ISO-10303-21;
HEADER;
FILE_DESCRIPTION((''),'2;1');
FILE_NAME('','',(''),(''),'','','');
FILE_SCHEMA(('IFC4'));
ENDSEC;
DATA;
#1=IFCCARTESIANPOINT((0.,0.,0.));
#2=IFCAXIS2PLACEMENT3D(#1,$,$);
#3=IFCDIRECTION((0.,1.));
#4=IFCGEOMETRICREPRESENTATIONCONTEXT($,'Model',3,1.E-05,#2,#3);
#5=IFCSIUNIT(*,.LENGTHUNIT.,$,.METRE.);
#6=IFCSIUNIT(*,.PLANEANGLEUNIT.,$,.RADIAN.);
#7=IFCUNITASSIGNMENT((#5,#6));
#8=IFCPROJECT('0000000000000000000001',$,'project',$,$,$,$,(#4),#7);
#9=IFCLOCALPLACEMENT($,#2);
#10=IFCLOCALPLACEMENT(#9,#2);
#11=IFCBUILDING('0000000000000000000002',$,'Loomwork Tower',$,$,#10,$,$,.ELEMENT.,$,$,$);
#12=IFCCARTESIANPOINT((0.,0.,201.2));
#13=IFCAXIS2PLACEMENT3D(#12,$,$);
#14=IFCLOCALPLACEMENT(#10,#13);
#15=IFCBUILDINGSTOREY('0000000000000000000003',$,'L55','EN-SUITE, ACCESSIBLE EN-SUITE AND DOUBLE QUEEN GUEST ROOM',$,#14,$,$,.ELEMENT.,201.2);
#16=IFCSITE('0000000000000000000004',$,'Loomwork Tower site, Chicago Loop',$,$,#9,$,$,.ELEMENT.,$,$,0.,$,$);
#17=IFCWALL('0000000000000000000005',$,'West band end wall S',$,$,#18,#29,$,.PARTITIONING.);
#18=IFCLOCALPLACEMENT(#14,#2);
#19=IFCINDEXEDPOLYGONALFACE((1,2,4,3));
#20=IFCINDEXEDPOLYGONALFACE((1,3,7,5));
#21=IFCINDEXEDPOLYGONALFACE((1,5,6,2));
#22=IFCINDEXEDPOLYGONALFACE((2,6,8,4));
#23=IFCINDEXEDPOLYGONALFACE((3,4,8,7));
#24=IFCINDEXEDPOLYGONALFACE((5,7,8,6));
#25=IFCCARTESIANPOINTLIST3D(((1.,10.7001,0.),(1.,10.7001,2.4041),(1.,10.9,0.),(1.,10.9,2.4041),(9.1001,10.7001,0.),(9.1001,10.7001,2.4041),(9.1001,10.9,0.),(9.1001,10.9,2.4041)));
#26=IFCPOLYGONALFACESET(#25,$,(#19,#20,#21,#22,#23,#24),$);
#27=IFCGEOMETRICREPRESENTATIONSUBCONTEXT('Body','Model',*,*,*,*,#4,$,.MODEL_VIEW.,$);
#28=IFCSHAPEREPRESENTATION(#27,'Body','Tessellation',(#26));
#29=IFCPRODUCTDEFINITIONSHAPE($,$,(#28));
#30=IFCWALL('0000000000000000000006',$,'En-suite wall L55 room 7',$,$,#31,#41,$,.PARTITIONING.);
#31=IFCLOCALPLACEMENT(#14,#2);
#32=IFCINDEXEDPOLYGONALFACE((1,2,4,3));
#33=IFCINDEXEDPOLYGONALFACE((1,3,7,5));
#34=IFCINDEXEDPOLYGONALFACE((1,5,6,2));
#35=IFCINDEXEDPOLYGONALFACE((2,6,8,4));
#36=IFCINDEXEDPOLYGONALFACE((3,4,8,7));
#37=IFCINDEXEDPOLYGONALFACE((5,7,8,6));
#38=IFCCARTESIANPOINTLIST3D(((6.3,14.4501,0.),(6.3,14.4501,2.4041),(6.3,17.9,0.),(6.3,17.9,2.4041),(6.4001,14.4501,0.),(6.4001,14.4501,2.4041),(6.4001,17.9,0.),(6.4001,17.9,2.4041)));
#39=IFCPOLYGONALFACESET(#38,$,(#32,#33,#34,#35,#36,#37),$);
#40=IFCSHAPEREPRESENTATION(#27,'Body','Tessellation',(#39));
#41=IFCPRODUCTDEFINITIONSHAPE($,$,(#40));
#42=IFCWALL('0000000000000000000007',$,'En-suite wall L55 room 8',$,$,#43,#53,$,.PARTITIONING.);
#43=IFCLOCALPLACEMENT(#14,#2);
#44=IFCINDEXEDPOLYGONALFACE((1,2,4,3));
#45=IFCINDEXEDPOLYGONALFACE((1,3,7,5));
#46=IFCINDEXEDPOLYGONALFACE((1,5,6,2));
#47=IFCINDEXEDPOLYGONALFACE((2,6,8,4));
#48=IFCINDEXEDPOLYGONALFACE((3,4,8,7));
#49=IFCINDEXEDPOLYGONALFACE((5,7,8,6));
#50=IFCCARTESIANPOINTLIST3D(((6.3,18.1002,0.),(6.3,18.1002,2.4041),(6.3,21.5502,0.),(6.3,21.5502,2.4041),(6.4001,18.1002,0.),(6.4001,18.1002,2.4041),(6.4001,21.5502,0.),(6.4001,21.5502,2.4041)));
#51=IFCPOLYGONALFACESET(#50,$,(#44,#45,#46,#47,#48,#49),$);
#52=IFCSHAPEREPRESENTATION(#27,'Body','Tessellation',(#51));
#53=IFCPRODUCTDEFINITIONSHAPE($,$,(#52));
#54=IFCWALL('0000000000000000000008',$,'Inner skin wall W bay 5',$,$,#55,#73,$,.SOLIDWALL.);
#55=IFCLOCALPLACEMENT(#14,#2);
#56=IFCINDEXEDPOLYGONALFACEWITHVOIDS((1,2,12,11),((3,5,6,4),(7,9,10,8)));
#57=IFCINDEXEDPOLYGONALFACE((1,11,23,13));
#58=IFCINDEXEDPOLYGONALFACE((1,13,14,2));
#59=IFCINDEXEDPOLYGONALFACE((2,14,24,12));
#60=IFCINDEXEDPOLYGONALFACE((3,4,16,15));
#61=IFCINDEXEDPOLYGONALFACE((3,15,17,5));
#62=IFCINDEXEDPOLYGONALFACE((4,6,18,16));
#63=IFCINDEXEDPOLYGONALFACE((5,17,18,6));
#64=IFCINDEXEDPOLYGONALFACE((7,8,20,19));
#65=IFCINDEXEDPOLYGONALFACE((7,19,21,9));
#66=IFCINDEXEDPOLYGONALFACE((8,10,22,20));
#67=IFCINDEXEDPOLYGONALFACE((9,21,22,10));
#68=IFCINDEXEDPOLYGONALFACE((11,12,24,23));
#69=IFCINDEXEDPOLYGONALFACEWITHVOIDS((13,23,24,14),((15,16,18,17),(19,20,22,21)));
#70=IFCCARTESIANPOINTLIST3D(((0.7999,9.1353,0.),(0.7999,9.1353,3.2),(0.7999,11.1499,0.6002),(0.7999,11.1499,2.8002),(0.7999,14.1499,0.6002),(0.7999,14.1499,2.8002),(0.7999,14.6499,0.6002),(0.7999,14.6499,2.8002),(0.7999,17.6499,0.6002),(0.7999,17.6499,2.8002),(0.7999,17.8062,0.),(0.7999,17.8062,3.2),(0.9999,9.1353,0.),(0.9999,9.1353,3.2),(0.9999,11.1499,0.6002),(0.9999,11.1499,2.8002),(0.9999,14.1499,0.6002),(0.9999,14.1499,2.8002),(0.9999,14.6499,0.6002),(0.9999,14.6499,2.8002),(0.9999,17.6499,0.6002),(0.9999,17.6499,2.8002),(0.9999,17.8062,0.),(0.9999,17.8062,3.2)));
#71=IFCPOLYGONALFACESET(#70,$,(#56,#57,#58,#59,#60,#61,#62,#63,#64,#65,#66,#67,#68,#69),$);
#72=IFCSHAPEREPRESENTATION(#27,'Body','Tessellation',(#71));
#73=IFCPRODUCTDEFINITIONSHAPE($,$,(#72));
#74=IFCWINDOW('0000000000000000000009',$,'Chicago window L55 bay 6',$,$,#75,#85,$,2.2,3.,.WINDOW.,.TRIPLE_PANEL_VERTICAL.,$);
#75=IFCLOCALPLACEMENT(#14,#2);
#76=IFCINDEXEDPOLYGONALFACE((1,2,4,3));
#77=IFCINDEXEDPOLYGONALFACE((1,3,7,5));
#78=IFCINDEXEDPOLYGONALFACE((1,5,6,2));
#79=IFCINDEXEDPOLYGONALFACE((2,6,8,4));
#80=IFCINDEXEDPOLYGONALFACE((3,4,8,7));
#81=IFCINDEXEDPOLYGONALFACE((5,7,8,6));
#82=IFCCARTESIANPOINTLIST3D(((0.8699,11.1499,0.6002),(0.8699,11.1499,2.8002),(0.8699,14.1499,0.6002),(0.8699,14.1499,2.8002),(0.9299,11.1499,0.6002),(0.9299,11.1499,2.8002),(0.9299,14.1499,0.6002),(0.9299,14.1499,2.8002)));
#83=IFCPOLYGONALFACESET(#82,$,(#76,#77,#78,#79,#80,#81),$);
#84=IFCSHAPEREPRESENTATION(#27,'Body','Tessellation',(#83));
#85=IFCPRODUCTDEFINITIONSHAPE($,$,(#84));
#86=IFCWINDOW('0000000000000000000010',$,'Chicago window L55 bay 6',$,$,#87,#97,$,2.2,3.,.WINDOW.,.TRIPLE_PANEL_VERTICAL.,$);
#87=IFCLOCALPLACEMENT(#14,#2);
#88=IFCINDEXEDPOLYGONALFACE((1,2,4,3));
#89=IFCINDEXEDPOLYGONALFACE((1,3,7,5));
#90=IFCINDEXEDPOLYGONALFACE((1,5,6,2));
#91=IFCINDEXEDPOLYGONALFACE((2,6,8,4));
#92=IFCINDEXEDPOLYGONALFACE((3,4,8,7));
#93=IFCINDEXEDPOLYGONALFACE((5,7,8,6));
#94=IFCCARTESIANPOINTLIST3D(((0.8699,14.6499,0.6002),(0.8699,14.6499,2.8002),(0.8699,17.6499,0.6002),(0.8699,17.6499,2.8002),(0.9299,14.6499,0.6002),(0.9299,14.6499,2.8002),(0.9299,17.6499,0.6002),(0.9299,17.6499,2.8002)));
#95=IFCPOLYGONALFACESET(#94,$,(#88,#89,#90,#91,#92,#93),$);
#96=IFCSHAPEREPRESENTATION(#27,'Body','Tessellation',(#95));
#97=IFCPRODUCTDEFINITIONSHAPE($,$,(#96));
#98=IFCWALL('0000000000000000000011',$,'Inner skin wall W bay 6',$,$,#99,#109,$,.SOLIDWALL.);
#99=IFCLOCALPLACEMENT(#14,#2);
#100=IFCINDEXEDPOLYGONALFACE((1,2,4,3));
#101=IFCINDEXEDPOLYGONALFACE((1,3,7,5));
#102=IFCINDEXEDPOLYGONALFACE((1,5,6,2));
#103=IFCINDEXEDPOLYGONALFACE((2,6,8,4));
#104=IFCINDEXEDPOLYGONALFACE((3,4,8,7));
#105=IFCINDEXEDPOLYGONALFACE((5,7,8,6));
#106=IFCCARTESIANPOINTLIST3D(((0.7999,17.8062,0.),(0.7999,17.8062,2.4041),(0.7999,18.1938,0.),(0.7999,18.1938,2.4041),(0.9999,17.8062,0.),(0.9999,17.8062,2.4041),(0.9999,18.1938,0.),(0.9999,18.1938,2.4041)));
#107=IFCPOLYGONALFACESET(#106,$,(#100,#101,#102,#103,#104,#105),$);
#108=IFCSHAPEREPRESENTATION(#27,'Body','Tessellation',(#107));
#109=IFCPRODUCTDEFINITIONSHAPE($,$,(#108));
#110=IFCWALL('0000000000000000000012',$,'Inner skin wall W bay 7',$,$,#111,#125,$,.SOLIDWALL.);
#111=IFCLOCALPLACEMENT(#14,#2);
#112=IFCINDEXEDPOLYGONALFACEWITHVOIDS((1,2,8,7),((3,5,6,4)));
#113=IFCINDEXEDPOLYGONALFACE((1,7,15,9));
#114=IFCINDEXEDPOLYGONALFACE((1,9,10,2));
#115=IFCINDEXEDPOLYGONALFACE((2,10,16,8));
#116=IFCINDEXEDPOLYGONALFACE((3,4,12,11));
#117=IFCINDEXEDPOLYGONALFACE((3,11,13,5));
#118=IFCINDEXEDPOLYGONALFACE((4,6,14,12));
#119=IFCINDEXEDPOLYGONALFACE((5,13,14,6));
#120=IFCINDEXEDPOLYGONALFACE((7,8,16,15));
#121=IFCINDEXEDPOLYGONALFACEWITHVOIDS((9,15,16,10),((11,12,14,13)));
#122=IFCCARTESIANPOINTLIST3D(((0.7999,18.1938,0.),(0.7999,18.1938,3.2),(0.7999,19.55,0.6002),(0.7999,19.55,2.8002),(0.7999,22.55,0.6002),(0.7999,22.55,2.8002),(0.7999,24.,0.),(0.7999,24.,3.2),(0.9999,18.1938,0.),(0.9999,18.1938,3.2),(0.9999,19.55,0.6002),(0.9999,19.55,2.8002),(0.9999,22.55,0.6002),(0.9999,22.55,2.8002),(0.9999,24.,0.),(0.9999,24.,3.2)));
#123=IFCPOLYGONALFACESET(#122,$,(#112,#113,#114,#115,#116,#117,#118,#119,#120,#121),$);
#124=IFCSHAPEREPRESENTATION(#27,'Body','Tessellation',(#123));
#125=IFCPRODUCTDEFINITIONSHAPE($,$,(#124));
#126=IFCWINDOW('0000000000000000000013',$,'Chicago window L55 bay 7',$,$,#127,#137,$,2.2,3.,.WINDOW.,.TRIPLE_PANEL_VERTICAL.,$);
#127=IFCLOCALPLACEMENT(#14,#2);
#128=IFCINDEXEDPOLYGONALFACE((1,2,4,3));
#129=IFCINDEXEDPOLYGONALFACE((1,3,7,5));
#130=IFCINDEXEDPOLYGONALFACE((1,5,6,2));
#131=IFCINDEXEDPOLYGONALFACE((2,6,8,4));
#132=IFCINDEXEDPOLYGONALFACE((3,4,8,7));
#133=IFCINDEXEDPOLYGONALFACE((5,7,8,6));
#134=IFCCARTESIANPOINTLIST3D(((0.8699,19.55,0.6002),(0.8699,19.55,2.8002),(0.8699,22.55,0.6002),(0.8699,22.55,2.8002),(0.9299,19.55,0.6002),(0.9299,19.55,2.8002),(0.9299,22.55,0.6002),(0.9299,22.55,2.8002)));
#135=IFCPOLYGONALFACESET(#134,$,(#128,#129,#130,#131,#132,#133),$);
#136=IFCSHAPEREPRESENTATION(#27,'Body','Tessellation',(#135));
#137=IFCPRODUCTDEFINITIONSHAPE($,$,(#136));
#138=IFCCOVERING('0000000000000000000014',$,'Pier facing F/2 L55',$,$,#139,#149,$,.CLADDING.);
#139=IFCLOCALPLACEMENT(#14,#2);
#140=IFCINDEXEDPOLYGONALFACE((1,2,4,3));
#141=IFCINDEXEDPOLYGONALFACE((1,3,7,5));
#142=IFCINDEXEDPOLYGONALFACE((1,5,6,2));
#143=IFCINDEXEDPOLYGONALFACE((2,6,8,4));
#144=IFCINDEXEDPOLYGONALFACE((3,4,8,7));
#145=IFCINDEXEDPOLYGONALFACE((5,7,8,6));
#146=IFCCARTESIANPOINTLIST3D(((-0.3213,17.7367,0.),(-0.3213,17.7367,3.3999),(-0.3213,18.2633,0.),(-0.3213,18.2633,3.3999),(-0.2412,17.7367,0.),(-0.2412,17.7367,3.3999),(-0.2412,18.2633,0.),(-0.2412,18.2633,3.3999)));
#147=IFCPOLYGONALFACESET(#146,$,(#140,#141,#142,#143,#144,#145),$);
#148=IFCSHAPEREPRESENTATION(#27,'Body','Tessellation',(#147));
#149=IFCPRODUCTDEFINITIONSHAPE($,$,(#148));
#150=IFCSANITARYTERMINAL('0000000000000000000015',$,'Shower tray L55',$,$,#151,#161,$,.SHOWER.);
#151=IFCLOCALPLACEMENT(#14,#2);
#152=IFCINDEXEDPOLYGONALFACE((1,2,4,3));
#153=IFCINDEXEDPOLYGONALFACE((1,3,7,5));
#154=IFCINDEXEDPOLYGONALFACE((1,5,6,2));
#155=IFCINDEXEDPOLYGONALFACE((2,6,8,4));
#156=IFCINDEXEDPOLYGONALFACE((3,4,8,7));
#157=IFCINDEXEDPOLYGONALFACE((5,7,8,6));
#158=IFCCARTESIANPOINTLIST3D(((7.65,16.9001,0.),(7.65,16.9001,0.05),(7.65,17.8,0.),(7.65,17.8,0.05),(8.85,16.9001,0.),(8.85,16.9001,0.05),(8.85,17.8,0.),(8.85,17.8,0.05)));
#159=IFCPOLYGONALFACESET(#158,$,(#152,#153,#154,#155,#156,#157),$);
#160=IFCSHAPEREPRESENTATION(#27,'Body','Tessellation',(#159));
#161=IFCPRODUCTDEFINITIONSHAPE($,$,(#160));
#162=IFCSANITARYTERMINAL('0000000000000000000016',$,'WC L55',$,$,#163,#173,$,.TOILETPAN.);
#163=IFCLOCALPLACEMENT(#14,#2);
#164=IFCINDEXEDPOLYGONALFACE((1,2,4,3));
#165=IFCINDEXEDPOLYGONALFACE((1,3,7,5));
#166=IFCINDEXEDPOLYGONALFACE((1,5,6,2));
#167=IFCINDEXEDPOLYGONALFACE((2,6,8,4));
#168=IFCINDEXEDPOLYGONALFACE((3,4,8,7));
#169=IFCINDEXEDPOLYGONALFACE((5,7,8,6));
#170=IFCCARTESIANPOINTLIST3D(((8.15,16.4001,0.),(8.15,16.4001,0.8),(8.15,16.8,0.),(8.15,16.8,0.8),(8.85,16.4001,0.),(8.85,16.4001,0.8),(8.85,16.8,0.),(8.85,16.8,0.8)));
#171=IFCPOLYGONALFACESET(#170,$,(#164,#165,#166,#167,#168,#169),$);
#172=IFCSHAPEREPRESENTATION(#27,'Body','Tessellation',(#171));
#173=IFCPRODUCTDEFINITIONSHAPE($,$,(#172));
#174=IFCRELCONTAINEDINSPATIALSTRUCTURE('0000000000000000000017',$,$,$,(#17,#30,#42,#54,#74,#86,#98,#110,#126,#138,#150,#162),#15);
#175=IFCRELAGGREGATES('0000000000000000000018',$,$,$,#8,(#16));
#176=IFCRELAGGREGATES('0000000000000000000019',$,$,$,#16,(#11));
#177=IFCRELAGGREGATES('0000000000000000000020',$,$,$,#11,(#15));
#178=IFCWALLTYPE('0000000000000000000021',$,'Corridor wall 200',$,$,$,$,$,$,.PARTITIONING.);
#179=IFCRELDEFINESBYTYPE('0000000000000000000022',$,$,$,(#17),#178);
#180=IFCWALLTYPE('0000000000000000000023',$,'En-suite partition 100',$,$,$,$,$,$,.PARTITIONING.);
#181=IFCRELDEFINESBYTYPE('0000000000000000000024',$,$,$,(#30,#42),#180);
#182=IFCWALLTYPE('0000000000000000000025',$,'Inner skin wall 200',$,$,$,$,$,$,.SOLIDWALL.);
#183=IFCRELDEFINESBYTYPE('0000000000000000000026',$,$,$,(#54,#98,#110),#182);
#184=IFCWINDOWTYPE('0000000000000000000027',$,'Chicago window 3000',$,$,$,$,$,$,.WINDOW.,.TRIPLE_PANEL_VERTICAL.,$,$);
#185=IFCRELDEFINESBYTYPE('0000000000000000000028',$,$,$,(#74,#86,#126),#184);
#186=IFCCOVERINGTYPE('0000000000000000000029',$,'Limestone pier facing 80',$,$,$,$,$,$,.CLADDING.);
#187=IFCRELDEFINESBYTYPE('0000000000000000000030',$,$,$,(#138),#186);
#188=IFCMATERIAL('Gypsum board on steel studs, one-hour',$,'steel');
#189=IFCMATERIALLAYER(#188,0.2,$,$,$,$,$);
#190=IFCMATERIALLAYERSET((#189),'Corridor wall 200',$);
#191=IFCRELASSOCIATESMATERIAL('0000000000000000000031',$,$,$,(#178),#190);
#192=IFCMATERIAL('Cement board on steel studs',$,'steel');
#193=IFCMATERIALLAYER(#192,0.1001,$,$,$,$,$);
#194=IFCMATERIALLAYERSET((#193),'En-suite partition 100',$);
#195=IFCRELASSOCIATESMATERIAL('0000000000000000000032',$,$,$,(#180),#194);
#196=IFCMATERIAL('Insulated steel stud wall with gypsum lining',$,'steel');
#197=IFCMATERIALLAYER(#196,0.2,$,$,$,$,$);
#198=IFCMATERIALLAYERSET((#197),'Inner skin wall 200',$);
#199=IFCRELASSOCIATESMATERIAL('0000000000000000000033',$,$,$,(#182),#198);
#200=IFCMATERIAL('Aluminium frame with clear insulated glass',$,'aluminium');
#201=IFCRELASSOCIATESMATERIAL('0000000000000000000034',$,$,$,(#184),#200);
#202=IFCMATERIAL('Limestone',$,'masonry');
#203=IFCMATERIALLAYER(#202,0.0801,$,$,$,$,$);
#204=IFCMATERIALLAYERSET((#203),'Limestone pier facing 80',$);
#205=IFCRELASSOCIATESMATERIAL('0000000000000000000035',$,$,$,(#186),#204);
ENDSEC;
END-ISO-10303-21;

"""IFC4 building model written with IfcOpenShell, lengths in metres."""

from ifc_helpers import new_model, si_unit, direction, frame, frame_2d, origin, origin_2d, place, context, subcontext, project, spatial, rectangle, extrude, material, layer, layer_set, type_object, element, fill, save


model = new_model("IFC4")

# Units and contexts
model_context = context("Model", 3, precision=1e-05, world=origin(), true_north=direction((0.0, 1.0)))
body_context = subcontext(model_context, "Body", "Model", "MODEL_VIEW")
ifc_project = project(units=[si_unit("LENGTHUNIT", "METRE"), si_unit("PLANEANGLEUNIT", "RADIAN")], contexts=[model_context])

# Site, building, storey
site_placement = place(None, origin())
site = spatial("IfcSite", under=ifc_project, at=site_placement, Name="Loomwork Tower site, Chicago Loop", CompositionType="ELEMENT", RefElevation=0.0)
building_placement = place(site_placement, origin())
building = spatial("IfcBuilding", under=site, at=building_placement, Name="Loomwork Tower", CompositionType="ELEMENT")
storey_placement = place(building_placement, frame((0.0, 0.0, 201.2)))
storey = spatial("IfcBuildingStorey", under=building, at=storey_placement, Name="L55", Description="EN-SUITE, ACCESSIBLE EN-SUITE AND DOUBLE QUEEN GUEST ROOM", CompositionType="ELEMENT", Elevation=201.2)

# Walls
ifc_material_1 = material(Name="Gypsum board on steel studs, one-hour", Category="steel")
ifc_layer_1 = layer(ifc_material_1, 0.2)
ifc_layer_set_1 = layer_set([ifc_layer_1], Name="Corridor wall 200")
wall_type_1 = type_object("IfcWallType", Name="Corridor wall 200", PredefinedType="PARTITIONING", material=ifc_layer_set_1)
wall_1_placement = place(storey_placement, frame((1.0, 10.8, 0.0), z_axis=(0.0, 0.0, 1.0), x_axis=(1.0, 0.0, 0.0)))
element("IfcWall", 1, at=wall_1_placement, inside=storey, type_object=wall_type_1, Name="West band end wall S", PredefinedType="PARTITIONING", context=body_context, shape_type="SweptSolid", body=[
    extrude(rectangle(XDim=8.1001, YDim=0.2, at=frame_2d((4.05, 0.0))), origin(), (0.0, 0.0, 1.0), 2.4041),
])
ifc_material_2 = material(Name="Cement board on steel studs", Category="steel")
ifc_layer_2 = layer(ifc_material_2, 0.1001)
ifc_layer_set_2 = layer_set([ifc_layer_2], Name="En-suite partition 100")
wall_type_2 = type_object("IfcWallType", Name="En-suite partition 100", PredefinedType="PARTITIONING", material=ifc_layer_set_2)
for number, where, z_axis, x_axis, name in (
    (2, (6.3501, 14.45, 0.0), (0.0, 0.0, 1.0), (0.0, 1.0, 0.0), "En-suite wall L55 room 7"),
    (3, (6.3501, 18.1001, 0.0), (0.0, 0.0, 1.0), (0.0, 1.0, 0.0), "En-suite wall L55 room 8"),
):
    element("IfcWall", number, at=place(storey_placement, frame(where, z_axis=z_axis, x_axis=x_axis)), inside=storey, type_object=wall_type_2, Name=name, PredefinedType="PARTITIONING", context=body_context, shape_type="SweptSolid", body=[
        extrude(rectangle(XDim=3.45, YDim=0.1001, at=frame_2d((1.7251, 0.0))), origin(), (0.0, 0.0, 1.0), 2.4041),
    ])

# Wall, openings, windows
ifc_material_3 = material(Name="Insulated steel stud wall with gypsum lining", Category="steel")
ifc_layer_3 = layer(ifc_material_3, 0.2)
ifc_layer_set_3 = layer_set([ifc_layer_3], Name="Inner skin wall 200")
wall_type_3 = type_object("IfcWallType", Name="Inner skin wall 200", PredefinedType="SOLIDWALL", material=ifc_layer_set_3)
wall_2_placement = place(storey_placement, frame((0.8999, 9.1353, 0.0), z_axis=(0.0, 0.0, 1.0), x_axis=(0.0, 1.0, 0.0)))
wall_2 = element("IfcWall", 4, at=wall_2_placement, inside=storey, type_object=wall_type_3, Name="Inner skin wall W bay 5", PredefinedType="SOLIDWALL", context=body_context, shape_type="SweptSolid", body=[
    extrude(rectangle(XDim=8.6709, YDim=0.2, at=frame_2d((4.3354, 0.0))), origin(), (0.0, 0.0, 1.0), 3.2),
])
opening_1_placement = place(wall_2_placement, frame((2.0146, 0.0, 0.6001)))
opening_1 = element("IfcOpeningElement", 5, at=opening_1_placement, cuts=wall_2, PredefinedType="OPENING", context=body_context, shape_type="SweptSolid", body=[
    extrude(rectangle(XDim=3.0, YDim=2.2, at=frame_2d((1.5, 1.1001))), frame((0.0, 0.1099, 0.0), z_axis=(0.0, -1.0, 0.0), x_axis=(1.0, 0.0, 0.0)), (0.0, 0.0, 1.0), 0.22),
])
opening_2_placement = place(wall_2_placement, frame((5.5146, 0.0, 0.6001)))
opening_2 = element("IfcOpeningElement", 6, at=opening_2_placement, cuts=wall_2, PredefinedType="OPENING", context=body_context, shape_type="SweptSolid", body=[
    extrude(rectangle(XDim=3.0, YDim=2.2, at=frame_2d((1.5, 1.1001))), frame((0.0, 0.1099, 0.0), z_axis=(0.0, -1.0, 0.0), x_axis=(1.0, 0.0, 0.0)), (0.0, 0.0, 1.0), 0.22),
])
ifc_material_4 = material(Name="Aluminium frame with clear insulated glass", Category="aluminium")
window_type = type_object("IfcWindowType", Name="Chicago window 3000", PartitioningType="TRIPLE_PANEL_VERTICAL", PredefinedType="WINDOW", material=ifc_material_4)
window_1_placement = place(opening_1_placement, origin())
window_1 = element("IfcWindow", 7, at=window_1_placement, inside=storey, type_object=window_type, Name="Chicago window L55 bay 6", OverallHeight=2.2, OverallWidth=3.0, PartitioningType="TRIPLE_PANEL_VERTICAL", PredefinedType="WINDOW", context=body_context, shape_type="SweptSolid", body=[
    extrude(rectangle(XDim=3.0, YDim=2.2, at=frame_2d((1.5, 1.1001))), frame((0.0, 0.03, 0.0), z_axis=(0.0, -1.0, 0.0), x_axis=(1.0, 0.0, 0.0)), (0.0, 0.0, 1.0), 0.0601),
])
fill(opening_1, window_1)
window_2_placement = place(opening_2_placement, origin())
window_2 = element("IfcWindow", 8, at=window_2_placement, inside=storey, type_object=window_type, Name="Chicago window L55 bay 6", OverallHeight=2.2, OverallWidth=3.0, PartitioningType="TRIPLE_PANEL_VERTICAL", PredefinedType="WINDOW", context=body_context, shape_type="SweptSolid", body=[
    extrude(rectangle(XDim=3.0, YDim=2.2, at=frame_2d((1.5, 1.1001))), frame((0.0, 0.03, 0.0), z_axis=(0.0, -1.0, 0.0), x_axis=(1.0, 0.0, 0.0)), (0.0, 0.0, 1.0), 0.0601),
])
fill(opening_2, window_2)

# Wall
wall_3_placement = place(storey_placement, frame((0.8999, 17.8062, 0.0), z_axis=(0.0, 0.0, 1.0), x_axis=(0.0, 1.0, 0.0)))
element("IfcWall", 9, at=wall_3_placement, inside=storey, type_object=wall_type_3, Name="Inner skin wall W bay 6", PredefinedType="SOLIDWALL", context=body_context, shape_type="SweptSolid", body=[
    extrude(rectangle(XDim=0.3877, YDim=0.2, at=frame_2d((0.1938, 0.0))), origin(), (0.0, 0.0, 1.0), 2.4041),
])

# Wall, opening, window
wall_4_placement = place(storey_placement, frame((0.8999, 18.1938, 0.0), z_axis=(0.0, 0.0, 1.0), x_axis=(0.0, 1.0, 0.0)))
wall_4 = element("IfcWall", 10, at=wall_4_placement, inside=storey, type_object=wall_type_3, Name="Inner skin wall W bay 7", PredefinedType="SOLIDWALL", context=body_context, shape_type="SweptSolid", body=[
    extrude(rectangle(XDim=5.8062, YDim=0.2, at=frame_2d((2.9031, 0.0))), origin(), (0.0, 0.0, 1.0), 3.2),
])
opening_3_placement = place(wall_4_placement, frame((1.3562, 0.0, 0.6001)))
opening_3 = element("IfcOpeningElement", 11, at=opening_3_placement, cuts=wall_4, PredefinedType="OPENING", context=body_context, shape_type="SweptSolid", body=[
    extrude(rectangle(XDim=3.0, YDim=2.2, at=frame_2d((1.5, 1.1001))), frame((0.0, 0.1099, 0.0), z_axis=(0.0, -1.0, 0.0), x_axis=(1.0, 0.0, 0.0)), (0.0, 0.0, 1.0), 0.22),
])
window_3_placement = place(opening_3_placement, origin())
window_3 = element("IfcWindow", 12, at=window_3_placement, inside=storey, type_object=window_type, Name="Chicago window L55 bay 7", OverallHeight=2.2, OverallWidth=3.0, PartitioningType="TRIPLE_PANEL_VERTICAL", PredefinedType="WINDOW", context=body_context, shape_type="SweptSolid", body=[
    extrude(rectangle(XDim=3.0, YDim=2.2, at=frame_2d((1.5, 1.1001))), frame((0.0, 0.03, 0.0), z_axis=(0.0, -1.0, 0.0), x_axis=(1.0, 0.0, 0.0)), (0.0, 0.0, 1.0), 0.0601),
])
fill(opening_3, window_3)

# Covering
ifc_material_5 = material(Name="Limestone", Category="masonry")
ifc_layer_4 = layer(ifc_material_5, 0.0801)
ifc_layer_set_4 = layer_set([ifc_layer_4], Name="Limestone pier facing 80")
covering_type = type_object("IfcCoveringType", Name="Limestone pier facing 80", PredefinedType="CLADDING", material=ifc_layer_set_4)
covering_placement = place(storey_placement, frame((-0.2812, 18.0, 0.0), z_axis=(0.0, 0.0, 1.0), x_axis=(1.0, 0.0, 0.0)))
element("IfcCovering", 13, at=covering_placement, inside=storey, type_object=covering_type, Name="Pier facing F/2 L55", PredefinedType="CLADDING", context=body_context, shape_type="SweptSolid", body=[
    extrude(rectangle(XDim=0.0801, YDim=0.5266, at=origin_2d()), origin(), (0.0, 0.0, 1.0), 3.3999),
])

# Sanitary terminals
sanitary_terminal_1_placement = place(storey_placement, frame((8.25, 17.3501, 0.0), z_axis=(0.0, 0.0, 1.0), x_axis=(1.0, 0.0, 0.0)))
element("IfcSanitaryTerminal", 14, at=sanitary_terminal_1_placement, inside=storey, Name="Shower tray L55", PredefinedType="SHOWER", context=body_context, shape_type="SweptSolid", body=[
    extrude(rectangle(XDim=1.2, YDim=0.8999, at=origin_2d()), origin(), (0.0, 0.0, 1.0), 0.05),
])
sanitary_terminal_2_placement = place(storey_placement, frame((8.5, 16.6001, 0.0), z_axis=(0.0, 0.0, 1.0), x_axis=(1.0, 0.0, 0.0)))
element("IfcSanitaryTerminal", 15, at=sanitary_terminal_2_placement, inside=storey, Name="WC L55", PredefinedType="TOILETPAN", context=body_context, shape_type="SweptSolid", body=[
    extrude(rectangle(XDim=0.7, YDim=0.3999, at=origin_2d()), origin(), (0.0, 0.0, 1.0), 0.8),
])

save(model, "model.ifc")
